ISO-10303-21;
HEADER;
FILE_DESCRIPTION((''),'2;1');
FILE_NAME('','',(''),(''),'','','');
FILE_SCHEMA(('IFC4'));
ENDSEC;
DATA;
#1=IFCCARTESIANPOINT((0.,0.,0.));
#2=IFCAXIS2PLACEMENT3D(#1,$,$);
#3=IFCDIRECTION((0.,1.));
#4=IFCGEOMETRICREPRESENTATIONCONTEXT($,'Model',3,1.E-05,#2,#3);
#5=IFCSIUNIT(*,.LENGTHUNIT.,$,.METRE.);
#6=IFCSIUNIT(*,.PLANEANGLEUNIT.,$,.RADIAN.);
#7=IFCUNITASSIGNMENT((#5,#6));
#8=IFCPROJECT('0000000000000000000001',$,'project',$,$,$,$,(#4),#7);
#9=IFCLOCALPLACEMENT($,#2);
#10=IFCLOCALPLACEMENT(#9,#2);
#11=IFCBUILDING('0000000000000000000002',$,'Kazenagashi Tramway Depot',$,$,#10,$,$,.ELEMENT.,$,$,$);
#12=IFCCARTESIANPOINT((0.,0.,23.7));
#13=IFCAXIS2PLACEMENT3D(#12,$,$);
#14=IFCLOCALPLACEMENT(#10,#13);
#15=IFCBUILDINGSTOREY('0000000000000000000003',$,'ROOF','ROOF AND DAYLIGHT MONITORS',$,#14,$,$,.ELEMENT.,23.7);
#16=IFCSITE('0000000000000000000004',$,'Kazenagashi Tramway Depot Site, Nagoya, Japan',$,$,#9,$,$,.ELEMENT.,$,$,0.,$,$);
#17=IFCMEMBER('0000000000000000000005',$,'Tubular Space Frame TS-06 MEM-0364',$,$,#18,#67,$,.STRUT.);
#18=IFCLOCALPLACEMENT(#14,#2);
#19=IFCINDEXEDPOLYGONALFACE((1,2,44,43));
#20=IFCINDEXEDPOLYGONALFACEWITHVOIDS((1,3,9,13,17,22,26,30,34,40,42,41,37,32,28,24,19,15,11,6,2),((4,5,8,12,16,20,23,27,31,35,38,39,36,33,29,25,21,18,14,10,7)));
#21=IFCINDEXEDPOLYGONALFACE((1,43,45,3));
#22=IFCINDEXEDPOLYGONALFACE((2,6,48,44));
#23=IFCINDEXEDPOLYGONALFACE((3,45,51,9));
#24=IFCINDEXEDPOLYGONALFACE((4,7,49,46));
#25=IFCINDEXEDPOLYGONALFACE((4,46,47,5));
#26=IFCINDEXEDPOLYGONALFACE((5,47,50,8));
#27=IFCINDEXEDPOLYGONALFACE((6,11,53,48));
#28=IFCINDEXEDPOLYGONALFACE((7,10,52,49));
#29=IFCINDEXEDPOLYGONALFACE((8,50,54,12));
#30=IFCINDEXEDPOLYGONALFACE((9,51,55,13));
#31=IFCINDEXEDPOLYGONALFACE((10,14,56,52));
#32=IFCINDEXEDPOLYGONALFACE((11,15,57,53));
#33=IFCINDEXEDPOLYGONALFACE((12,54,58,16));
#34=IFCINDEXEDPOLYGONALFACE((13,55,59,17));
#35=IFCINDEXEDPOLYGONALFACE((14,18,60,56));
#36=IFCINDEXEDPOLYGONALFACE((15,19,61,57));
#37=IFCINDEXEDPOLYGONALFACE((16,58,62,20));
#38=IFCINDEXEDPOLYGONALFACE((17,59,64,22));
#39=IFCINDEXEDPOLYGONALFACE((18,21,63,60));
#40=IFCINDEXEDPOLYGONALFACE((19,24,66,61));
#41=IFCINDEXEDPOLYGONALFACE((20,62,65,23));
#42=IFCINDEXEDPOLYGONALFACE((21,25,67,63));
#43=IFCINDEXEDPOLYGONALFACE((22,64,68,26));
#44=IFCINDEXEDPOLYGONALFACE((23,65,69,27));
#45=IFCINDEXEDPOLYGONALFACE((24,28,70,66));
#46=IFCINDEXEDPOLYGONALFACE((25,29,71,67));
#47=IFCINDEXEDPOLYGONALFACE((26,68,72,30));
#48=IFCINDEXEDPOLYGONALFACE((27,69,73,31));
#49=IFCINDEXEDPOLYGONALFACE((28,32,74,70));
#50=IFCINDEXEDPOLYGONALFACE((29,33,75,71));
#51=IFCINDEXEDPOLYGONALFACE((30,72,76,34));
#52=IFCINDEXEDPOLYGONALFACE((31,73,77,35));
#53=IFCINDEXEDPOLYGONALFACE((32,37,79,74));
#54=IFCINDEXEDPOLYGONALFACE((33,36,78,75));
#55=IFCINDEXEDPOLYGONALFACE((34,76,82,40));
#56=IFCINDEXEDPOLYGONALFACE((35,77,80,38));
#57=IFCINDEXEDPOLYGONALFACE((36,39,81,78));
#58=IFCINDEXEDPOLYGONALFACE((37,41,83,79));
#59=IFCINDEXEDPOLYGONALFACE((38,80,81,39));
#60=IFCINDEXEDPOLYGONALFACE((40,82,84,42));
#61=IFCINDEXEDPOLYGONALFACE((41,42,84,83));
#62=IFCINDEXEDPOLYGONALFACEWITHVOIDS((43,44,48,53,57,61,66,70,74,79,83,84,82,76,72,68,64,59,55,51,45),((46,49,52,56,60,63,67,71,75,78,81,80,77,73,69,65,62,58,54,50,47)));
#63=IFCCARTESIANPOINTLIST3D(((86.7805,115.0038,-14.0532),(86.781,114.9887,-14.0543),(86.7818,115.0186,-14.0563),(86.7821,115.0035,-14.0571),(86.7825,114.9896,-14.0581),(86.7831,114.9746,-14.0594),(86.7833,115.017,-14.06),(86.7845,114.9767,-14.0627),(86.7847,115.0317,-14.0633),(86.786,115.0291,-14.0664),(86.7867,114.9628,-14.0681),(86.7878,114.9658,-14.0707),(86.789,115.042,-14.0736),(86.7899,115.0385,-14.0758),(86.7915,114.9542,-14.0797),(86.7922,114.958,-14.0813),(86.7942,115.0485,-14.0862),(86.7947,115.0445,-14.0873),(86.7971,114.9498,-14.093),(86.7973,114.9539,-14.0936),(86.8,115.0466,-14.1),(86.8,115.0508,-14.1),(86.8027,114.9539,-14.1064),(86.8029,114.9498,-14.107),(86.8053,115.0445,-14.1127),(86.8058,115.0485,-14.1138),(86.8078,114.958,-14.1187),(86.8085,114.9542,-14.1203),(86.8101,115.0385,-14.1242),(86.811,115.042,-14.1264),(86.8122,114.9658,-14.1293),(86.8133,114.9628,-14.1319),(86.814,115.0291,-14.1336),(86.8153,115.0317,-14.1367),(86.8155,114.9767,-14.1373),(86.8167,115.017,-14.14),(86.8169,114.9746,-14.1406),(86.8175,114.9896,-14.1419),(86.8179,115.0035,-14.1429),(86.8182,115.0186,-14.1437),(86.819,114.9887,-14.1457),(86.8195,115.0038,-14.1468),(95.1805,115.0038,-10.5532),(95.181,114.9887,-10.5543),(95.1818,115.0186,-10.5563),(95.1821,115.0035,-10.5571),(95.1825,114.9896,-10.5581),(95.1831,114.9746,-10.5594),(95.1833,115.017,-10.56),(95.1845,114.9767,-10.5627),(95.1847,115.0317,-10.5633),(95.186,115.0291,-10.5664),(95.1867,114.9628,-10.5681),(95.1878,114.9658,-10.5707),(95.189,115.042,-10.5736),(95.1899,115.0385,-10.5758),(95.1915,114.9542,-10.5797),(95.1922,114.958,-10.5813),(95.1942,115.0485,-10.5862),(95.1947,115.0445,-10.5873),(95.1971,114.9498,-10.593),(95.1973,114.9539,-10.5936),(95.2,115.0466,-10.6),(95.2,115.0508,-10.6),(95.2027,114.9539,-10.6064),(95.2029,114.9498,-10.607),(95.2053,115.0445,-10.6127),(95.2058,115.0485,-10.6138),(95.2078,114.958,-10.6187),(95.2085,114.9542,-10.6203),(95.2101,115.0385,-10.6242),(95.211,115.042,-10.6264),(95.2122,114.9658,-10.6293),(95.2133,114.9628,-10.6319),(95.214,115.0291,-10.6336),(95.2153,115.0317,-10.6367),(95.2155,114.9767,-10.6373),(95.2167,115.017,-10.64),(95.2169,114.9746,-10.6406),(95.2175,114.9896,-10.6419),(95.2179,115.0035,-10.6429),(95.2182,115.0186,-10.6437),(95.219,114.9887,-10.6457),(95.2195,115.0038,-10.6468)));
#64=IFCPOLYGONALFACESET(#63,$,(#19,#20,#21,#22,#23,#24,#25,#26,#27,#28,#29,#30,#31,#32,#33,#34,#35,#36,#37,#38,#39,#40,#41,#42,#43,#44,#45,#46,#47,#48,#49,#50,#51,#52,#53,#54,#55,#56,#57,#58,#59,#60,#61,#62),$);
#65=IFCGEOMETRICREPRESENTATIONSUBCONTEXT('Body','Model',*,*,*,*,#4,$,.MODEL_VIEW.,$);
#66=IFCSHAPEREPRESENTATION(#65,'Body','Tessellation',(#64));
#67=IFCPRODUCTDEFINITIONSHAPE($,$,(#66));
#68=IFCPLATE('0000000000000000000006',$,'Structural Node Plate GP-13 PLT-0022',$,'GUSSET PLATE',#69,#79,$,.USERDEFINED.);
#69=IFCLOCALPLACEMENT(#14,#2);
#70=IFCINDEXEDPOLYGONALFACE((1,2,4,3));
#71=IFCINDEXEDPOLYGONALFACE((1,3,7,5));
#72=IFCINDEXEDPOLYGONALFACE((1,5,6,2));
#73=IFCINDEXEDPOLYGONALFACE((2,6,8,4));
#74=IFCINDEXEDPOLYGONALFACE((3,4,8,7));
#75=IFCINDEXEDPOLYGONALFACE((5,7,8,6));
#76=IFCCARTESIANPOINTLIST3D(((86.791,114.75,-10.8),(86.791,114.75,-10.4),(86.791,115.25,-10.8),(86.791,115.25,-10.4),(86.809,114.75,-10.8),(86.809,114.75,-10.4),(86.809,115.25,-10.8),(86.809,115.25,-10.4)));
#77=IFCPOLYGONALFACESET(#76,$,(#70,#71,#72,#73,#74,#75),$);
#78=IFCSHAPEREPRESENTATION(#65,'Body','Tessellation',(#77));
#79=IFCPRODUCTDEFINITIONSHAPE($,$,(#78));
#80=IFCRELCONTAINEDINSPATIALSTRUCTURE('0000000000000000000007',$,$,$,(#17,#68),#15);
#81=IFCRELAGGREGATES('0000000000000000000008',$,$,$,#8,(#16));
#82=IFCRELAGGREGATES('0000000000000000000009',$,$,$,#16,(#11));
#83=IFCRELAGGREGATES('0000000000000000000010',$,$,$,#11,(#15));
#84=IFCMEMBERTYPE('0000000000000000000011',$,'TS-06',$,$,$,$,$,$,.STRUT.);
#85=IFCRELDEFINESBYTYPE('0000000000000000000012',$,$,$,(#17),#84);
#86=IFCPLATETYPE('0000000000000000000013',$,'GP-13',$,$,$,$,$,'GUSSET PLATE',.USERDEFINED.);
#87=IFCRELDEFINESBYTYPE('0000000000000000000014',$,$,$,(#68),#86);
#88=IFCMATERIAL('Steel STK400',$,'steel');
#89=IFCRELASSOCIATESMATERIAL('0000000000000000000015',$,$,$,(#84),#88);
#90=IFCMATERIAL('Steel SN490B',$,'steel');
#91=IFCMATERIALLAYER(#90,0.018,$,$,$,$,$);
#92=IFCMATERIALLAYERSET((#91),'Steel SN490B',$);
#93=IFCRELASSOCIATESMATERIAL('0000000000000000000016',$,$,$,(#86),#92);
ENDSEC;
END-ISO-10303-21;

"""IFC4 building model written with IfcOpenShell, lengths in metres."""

from ifc_helpers import new_model, si_unit, direction, frame, origin, origin_2d, place, context, subcontext, project, spatial, rectangle, hollow_circle, extrude, material, layer, layer_set, material_profile, profile_set, type_object, element, save


model = new_model("IFC4")

# Units and contexts
model_context = context("Model", 3, precision=1e-05, world=origin(), true_north=direction((0.0, 1.0)))
body_context = subcontext(model_context, "Body", "Model", "MODEL_VIEW")
ifc_project = project(units=[si_unit("LENGTHUNIT", "METRE"), si_unit("PLANEANGLEUNIT", "RADIAN")], contexts=[model_context])

# Site, building, storey
site_placement = place(None, origin())
site = spatial("IfcSite", under=ifc_project, at=site_placement, Name="Kazenagashi Tramway Depot Site, Nagoya, Japan", CompositionType="ELEMENT", RefElevation=0.0)
building_placement = place(site_placement, origin())
building = spatial("IfcBuilding", under=site, at=building_placement, Name="Kazenagashi Tramway Depot", CompositionType="ELEMENT")
storey_placement = place(building_placement, frame((0.0, 0.0, 23.7)))
storey = spatial("IfcBuildingStorey", under=building, at=storey_placement, Name="ROOF", Description="ROOF AND DAYLIGHT MONITORS", CompositionType="ELEMENT", Elevation=23.7)

# Member
ifc_material_1 = material(Name="Steel STK400", Category="steel")
ifc_material_profile_1 = material_profile(ifc_material_1, hollow_circle(Radius=0.0508, WallThickness=0.0042, at=origin_2d()), Name="CHS-101.6x4.2")
ifc_profile_set_1 = profile_set([ifc_material_profile_1], Name="Steel STK400")
member_type_1 = type_object("IfcMemberType", Name="TS-06", PredefinedType="STRUT", material=ifc_profile_set_1)
member_1_placement = place(storey_placement, frame((86.8, 115.0, -14.1), z_axis=(0.923077, 0.0, 0.384615), x_axis=(0.0, 1.0, 0.0)))
element("IfcMember", 1, at=member_1_placement, inside=storey, type_object=member_type_1, Name="Tubular Space Frame TS-06 MEM-0364", PredefinedType="STRUT", context=body_context, shape_type="SweptSolid", body=[
    extrude(hollow_circle(Radius=0.0508, WallThickness=0.0042, at=origin_2d()), origin(), (0.0, 0.0, 1.0), 9.1),
])

# Plate
ifc_material_2 = material(Name="Steel SN490B", Category="steel")
ifc_layer = layer(ifc_material_2, 0.018)
ifc_layer_set = layer_set([ifc_layer], Name="Steel SN490B")
plate_type = type_object("IfcPlateType", Name="GP-13", ElementType="GUSSET PLATE", PredefinedType="USERDEFINED", material=ifc_layer_set)
plate_placement = place(storey_placement, frame((86.8, 115.0, -10.8), z_axis=(0.0, 0.0, 1.0), x_axis=(0.0, 1.0, 0.0)))
element("IfcPlate", 2, at=plate_placement, inside=storey, type_object=plate_type, Name="Structural Node Plate GP-13 PLT-0022", ObjectType="GUSSET PLATE", PredefinedType="USERDEFINED", context=body_context, shape_type="SweptSolid", body=[
    extrude(rectangle(XDim=0.5, YDim=0.018, at=origin_2d()), origin(), (0.0, 0.0, 1.0), 0.4),
])

save(model, "model.ifc")
